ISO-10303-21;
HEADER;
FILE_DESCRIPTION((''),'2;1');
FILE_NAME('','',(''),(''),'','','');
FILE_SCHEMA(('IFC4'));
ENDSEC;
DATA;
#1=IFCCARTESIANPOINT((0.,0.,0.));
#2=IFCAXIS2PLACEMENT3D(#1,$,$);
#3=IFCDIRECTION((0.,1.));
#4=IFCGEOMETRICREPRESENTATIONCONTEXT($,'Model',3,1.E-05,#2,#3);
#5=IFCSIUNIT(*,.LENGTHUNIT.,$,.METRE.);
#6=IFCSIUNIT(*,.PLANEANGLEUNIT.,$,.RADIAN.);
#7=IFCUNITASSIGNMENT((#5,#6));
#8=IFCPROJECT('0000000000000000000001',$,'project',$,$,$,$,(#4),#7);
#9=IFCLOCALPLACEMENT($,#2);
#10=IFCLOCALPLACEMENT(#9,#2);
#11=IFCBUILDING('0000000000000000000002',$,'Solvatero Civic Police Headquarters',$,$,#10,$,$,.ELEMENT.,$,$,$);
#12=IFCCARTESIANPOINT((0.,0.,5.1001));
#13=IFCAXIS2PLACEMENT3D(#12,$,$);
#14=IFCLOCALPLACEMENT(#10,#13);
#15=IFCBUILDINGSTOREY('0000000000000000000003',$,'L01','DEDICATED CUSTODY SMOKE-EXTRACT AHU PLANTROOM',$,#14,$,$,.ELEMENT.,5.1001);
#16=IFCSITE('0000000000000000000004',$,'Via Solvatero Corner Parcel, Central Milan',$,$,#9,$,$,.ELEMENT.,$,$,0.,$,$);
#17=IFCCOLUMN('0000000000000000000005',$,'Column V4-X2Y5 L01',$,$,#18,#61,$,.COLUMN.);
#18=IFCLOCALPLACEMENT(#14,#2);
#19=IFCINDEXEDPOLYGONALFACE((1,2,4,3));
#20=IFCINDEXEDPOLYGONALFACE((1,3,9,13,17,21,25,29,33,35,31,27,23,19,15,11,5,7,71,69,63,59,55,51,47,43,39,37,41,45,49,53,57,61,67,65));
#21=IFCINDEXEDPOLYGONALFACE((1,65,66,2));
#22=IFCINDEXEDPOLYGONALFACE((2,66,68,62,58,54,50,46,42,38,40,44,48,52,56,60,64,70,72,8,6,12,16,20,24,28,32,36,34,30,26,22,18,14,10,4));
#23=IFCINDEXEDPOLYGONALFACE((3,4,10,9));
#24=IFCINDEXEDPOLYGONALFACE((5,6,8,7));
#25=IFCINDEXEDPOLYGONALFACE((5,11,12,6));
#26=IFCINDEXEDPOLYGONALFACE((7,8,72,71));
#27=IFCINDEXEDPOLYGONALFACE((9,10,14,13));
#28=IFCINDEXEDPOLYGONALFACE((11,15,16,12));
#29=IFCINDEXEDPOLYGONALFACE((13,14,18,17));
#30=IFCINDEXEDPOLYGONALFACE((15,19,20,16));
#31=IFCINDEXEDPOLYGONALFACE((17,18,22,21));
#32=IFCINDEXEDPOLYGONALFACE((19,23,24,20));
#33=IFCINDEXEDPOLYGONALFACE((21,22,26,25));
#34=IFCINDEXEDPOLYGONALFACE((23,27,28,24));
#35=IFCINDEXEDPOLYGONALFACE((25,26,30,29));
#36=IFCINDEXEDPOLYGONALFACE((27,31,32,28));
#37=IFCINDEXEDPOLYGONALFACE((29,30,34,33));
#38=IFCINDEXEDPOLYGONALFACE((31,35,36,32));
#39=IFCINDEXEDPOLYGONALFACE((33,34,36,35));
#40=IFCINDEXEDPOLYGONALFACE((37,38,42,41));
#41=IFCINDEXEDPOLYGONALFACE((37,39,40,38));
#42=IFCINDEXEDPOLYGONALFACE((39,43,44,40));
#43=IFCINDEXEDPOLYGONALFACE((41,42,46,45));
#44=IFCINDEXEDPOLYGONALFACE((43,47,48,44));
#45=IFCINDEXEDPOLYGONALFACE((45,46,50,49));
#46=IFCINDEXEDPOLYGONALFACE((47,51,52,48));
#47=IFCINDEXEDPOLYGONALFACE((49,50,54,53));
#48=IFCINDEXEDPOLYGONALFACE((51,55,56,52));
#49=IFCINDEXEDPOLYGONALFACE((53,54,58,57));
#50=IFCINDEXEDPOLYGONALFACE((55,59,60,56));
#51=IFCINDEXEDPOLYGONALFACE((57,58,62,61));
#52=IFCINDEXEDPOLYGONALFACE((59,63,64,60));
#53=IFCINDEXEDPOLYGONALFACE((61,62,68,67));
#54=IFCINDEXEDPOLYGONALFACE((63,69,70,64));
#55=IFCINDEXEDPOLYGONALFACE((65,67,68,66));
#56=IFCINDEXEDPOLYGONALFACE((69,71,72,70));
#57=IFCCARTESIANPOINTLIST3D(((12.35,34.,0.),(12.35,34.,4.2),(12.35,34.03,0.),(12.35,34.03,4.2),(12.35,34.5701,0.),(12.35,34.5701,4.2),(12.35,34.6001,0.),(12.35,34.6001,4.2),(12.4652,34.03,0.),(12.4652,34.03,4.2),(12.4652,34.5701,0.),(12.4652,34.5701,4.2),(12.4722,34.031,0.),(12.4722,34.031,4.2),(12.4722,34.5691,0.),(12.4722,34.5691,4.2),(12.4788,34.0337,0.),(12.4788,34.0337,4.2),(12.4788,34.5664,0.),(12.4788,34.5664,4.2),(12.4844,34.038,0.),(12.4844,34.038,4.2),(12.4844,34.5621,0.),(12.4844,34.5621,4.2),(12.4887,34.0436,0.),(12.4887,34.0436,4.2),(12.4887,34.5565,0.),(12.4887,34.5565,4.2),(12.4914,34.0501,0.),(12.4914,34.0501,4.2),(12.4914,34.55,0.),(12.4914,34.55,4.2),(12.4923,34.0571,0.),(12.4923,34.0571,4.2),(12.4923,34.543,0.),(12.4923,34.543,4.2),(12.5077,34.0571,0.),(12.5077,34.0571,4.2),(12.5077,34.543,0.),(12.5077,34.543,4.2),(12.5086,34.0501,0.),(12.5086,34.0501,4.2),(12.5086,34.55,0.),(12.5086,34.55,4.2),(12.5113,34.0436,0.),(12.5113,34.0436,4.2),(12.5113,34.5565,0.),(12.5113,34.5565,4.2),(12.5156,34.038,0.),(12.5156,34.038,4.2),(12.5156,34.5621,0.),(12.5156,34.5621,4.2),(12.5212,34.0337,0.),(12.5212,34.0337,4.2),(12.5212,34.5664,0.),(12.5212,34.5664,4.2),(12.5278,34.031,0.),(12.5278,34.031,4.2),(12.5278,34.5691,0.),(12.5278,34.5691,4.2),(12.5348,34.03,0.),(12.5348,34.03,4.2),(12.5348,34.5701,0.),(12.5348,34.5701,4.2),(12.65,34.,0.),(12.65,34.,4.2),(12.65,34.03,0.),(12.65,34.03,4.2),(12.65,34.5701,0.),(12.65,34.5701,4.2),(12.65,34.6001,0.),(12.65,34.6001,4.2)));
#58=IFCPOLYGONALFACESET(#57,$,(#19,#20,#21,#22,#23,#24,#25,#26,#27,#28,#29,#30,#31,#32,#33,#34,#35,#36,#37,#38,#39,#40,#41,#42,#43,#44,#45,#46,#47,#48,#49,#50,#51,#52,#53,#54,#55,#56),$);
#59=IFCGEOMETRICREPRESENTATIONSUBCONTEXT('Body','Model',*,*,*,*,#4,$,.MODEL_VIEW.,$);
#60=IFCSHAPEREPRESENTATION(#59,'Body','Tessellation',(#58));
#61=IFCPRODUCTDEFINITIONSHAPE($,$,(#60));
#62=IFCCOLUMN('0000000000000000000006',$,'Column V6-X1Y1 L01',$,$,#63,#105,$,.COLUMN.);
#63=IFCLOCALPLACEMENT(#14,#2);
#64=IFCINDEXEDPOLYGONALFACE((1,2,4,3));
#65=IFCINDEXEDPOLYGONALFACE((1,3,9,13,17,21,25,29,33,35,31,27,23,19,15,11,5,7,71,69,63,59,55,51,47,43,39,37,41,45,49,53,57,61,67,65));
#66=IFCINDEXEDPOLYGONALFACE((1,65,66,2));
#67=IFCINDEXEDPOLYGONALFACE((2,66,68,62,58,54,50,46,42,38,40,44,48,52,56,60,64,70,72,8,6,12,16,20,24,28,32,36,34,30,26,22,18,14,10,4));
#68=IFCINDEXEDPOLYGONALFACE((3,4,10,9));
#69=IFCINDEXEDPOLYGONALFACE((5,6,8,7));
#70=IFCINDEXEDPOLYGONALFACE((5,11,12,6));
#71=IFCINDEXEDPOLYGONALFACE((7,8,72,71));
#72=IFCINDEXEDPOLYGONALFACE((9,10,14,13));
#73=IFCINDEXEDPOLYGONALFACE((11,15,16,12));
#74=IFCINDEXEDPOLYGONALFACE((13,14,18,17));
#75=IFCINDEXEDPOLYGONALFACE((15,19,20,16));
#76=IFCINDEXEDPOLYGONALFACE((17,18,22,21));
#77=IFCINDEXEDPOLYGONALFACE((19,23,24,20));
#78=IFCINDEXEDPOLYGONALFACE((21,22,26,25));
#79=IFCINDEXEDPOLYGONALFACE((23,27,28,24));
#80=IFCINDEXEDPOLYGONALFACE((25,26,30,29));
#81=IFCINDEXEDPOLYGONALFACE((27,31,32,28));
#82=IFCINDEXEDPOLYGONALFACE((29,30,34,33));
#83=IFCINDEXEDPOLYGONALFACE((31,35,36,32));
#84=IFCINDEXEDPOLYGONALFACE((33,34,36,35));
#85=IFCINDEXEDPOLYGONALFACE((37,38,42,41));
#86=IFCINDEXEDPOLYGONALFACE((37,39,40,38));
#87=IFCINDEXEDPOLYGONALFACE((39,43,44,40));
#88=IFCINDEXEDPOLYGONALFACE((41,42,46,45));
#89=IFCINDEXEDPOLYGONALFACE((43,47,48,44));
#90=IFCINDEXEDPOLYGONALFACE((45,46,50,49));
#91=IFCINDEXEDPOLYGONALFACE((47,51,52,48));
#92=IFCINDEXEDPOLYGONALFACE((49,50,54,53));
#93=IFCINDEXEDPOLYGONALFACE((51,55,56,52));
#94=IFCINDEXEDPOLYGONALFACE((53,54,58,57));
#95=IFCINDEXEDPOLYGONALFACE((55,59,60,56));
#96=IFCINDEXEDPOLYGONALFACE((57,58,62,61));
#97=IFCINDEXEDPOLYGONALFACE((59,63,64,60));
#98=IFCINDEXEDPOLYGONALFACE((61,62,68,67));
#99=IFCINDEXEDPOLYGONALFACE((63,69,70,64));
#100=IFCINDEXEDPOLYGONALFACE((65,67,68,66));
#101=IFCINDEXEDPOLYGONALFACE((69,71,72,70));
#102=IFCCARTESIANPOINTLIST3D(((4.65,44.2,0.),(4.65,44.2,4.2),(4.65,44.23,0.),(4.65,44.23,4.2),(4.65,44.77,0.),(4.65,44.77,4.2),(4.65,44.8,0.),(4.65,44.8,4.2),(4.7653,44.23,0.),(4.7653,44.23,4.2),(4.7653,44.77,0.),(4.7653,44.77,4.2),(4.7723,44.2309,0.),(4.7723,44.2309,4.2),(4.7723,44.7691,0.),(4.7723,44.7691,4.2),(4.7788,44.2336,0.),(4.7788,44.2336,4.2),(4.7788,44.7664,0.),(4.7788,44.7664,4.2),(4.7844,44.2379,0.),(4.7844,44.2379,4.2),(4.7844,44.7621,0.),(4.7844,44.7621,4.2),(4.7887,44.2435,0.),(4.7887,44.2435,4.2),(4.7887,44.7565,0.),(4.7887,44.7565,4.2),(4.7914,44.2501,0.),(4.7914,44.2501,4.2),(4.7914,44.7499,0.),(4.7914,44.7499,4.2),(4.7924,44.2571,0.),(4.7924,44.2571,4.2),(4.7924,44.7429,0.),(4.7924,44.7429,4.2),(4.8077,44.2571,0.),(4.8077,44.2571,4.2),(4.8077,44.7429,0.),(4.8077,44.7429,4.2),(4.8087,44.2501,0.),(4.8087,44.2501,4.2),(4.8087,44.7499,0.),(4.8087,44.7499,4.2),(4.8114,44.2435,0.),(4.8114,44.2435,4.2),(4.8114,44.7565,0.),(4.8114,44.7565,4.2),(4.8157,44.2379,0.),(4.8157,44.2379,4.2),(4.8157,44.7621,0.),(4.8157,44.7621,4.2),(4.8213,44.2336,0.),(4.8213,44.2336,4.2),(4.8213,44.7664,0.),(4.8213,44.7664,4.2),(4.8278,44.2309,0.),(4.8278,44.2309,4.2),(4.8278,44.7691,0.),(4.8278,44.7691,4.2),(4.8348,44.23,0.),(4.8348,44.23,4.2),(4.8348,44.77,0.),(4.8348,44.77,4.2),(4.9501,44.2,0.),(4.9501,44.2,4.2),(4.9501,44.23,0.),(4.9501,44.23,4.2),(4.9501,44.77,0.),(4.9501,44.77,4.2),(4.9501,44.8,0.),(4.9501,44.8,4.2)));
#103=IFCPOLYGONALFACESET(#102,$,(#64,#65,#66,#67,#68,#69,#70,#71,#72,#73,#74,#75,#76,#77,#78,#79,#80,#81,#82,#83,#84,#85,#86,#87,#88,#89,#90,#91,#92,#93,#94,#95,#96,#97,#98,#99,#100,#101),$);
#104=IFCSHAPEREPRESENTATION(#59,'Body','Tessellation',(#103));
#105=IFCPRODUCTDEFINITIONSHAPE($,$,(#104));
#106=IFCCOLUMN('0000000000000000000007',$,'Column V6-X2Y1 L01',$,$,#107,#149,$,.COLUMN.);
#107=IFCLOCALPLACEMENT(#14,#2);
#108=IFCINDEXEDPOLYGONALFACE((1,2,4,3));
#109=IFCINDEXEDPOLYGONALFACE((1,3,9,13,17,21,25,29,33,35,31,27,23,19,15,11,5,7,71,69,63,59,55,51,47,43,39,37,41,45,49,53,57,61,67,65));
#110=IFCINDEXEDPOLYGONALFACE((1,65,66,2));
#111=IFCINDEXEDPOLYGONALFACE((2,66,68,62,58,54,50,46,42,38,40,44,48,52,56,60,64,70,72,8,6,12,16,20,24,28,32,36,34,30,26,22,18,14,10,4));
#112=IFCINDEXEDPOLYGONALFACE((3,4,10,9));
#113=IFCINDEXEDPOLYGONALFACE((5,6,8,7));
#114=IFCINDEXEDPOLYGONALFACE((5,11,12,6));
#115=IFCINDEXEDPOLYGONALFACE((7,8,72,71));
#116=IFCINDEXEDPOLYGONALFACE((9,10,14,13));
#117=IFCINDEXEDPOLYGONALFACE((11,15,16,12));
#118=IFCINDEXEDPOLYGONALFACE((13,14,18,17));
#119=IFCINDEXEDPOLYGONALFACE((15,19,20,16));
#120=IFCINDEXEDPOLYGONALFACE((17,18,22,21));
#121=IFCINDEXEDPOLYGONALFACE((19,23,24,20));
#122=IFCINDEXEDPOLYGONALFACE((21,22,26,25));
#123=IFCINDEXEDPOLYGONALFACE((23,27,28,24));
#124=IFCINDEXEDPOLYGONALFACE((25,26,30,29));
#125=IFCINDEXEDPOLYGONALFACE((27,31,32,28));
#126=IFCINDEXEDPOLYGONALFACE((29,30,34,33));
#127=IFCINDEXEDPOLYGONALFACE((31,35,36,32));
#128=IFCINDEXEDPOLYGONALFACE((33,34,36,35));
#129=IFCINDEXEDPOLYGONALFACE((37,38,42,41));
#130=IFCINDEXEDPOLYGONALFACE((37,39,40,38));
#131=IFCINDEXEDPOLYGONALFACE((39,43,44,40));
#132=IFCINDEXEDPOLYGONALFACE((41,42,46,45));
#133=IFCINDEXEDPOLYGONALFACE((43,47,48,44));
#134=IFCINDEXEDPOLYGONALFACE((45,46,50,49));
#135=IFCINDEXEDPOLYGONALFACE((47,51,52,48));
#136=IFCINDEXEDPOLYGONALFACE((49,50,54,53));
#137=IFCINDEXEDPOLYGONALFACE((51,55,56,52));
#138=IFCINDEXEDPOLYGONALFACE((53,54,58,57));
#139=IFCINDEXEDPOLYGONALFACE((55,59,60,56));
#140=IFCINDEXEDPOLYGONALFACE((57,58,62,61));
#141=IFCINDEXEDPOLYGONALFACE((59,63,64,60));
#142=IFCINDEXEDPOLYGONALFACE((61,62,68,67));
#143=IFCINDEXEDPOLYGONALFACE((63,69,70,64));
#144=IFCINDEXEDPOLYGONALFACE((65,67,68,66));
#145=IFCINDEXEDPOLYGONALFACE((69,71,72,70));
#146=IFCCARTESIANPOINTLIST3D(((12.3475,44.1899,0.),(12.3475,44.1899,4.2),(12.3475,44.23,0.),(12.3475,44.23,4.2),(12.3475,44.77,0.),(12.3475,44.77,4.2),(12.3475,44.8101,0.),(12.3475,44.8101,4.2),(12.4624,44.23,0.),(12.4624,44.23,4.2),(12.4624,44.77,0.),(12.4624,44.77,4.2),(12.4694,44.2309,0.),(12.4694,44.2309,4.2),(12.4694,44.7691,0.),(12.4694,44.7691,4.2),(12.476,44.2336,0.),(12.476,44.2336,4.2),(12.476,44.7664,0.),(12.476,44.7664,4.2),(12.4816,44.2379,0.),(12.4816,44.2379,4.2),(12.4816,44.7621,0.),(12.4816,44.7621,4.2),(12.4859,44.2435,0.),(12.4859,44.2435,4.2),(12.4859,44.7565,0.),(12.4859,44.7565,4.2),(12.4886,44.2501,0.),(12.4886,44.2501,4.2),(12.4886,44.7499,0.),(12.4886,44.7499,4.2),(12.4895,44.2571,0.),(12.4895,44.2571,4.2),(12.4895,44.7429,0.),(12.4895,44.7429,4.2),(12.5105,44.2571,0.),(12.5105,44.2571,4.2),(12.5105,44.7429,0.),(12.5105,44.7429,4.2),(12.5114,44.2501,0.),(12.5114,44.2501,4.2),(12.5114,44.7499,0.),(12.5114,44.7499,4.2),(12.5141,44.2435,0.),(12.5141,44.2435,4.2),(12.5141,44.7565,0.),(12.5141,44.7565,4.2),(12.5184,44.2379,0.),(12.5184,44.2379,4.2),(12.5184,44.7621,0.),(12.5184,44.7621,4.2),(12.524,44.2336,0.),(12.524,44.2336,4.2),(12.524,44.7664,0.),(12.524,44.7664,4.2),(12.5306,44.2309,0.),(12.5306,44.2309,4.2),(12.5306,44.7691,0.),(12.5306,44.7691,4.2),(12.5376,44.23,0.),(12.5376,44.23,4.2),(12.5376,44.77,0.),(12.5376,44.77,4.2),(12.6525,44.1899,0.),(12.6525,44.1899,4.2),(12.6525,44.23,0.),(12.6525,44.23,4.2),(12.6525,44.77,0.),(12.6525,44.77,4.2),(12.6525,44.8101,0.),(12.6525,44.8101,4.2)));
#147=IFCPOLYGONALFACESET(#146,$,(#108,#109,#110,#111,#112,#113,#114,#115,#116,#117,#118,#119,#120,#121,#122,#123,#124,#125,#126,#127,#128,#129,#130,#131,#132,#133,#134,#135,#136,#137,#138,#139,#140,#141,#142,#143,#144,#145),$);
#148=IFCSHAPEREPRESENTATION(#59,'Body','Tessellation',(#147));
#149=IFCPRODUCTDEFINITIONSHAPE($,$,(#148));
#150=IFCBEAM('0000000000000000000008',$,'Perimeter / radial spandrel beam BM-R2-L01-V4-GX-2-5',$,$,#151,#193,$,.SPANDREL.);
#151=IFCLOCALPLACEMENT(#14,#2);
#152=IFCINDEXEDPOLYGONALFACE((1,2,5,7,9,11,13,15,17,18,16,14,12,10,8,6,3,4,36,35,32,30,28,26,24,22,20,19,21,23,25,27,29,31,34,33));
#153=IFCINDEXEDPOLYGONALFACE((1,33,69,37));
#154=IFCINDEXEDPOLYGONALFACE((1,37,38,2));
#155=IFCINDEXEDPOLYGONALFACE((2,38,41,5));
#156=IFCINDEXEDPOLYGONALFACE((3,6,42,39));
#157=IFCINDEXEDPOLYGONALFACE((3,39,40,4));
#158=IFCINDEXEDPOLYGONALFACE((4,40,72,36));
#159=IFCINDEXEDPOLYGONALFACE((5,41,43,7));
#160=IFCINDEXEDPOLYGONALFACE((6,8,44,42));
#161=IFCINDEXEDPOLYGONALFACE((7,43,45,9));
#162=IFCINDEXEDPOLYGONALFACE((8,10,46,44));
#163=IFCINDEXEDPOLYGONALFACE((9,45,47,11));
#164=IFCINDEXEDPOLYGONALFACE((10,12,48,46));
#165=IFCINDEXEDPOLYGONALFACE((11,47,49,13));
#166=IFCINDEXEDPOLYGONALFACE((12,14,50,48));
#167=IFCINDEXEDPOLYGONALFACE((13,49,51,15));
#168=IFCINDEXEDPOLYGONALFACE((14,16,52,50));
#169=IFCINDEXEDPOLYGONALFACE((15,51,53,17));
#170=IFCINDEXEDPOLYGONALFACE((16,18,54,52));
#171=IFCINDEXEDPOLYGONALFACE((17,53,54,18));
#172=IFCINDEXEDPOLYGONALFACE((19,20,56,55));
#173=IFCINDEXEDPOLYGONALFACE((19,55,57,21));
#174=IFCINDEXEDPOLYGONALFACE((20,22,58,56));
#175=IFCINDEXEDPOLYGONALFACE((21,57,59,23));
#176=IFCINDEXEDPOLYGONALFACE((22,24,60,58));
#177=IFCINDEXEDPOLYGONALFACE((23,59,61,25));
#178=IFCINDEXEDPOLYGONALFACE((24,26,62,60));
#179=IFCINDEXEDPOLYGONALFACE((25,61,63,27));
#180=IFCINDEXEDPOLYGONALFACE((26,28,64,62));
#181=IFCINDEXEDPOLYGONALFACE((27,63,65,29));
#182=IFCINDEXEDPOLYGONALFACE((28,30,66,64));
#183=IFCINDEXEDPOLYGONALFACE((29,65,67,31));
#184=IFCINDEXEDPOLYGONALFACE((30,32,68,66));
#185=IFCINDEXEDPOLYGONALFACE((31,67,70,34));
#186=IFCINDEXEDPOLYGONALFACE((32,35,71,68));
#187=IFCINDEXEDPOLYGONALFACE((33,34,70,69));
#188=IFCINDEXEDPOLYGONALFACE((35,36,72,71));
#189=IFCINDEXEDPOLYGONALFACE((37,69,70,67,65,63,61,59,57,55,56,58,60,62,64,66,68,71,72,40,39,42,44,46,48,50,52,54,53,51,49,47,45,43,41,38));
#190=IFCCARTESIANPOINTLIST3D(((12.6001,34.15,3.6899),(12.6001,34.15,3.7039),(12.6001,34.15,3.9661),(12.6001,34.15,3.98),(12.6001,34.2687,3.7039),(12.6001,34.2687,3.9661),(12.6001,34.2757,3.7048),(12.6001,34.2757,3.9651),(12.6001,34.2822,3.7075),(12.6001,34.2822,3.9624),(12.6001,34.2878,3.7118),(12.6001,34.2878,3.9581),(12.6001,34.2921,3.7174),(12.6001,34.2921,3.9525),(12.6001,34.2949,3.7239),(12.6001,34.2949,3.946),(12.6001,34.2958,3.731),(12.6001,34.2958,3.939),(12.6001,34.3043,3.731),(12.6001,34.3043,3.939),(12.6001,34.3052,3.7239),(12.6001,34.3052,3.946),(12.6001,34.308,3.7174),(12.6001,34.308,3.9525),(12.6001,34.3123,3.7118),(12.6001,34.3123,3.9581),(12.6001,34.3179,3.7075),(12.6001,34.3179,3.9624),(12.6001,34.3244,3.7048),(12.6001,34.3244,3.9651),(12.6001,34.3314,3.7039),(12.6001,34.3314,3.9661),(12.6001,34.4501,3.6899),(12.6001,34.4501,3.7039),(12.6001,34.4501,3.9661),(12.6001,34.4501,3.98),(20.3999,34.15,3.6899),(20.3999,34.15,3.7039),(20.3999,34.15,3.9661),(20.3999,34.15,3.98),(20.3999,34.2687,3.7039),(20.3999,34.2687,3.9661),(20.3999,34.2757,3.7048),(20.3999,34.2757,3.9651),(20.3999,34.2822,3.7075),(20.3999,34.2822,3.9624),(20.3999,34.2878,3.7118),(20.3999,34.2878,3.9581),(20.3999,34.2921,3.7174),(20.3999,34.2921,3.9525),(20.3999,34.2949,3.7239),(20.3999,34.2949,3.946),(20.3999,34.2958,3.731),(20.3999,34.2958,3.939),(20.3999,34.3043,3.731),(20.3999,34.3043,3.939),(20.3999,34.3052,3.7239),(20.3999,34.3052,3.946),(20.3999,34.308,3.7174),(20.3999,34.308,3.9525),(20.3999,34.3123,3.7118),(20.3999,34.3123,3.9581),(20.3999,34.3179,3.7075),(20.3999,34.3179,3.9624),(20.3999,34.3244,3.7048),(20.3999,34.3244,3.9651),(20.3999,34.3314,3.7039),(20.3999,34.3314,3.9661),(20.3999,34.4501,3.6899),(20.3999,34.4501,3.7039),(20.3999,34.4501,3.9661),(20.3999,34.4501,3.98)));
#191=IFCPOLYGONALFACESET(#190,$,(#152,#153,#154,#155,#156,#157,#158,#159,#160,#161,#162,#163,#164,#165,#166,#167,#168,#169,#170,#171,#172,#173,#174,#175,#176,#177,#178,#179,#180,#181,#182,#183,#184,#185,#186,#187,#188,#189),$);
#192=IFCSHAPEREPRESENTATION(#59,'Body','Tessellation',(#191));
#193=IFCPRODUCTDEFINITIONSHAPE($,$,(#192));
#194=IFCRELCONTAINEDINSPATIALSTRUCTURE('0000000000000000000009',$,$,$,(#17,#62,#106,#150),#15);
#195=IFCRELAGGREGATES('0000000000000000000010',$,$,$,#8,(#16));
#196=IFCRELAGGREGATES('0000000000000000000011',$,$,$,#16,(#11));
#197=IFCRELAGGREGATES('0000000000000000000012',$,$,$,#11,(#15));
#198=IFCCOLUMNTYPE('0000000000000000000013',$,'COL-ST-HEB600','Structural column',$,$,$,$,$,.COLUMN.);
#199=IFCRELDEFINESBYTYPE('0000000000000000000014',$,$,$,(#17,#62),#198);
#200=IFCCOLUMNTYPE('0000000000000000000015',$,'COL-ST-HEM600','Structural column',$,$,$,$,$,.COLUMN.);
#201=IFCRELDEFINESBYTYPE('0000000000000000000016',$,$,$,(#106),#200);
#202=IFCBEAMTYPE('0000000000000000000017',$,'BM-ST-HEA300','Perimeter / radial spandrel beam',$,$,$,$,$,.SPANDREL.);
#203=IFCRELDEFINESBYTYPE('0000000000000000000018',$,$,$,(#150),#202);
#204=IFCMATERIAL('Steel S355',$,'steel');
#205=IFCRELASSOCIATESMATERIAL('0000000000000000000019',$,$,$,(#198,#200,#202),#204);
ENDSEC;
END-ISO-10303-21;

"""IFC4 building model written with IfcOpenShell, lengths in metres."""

from ifc_helpers import new_model, si_unit, direction, frame, origin, origin_2d, place, context, subcontext, project, spatial, i_section, extrude, material, material_profile, profile_set, type_object, element, save


model = new_model("IFC4")

# Units and contexts
model_context = context("Model", 3, precision=1e-05, world=origin(), true_north=direction((0.0, 1.0)))
body_context = subcontext(model_context, "Body", "Model", "MODEL_VIEW")
ifc_project = project(units=[si_unit("LENGTHUNIT", "METRE"), si_unit("PLANEANGLEUNIT", "RADIAN")], contexts=[model_context])

# Site, building, storey
site_placement = place(None, origin())
site = spatial("IfcSite", under=ifc_project, at=site_placement, Name="Via Solvatero Corner Parcel, Central Milan", CompositionType="ELEMENT", RefElevation=0.0)
building_placement = place(site_placement, origin())
building = spatial("IfcBuilding", under=site, at=building_placement, Name="Solvatero Civic Police Headquarters", CompositionType="ELEMENT")
storey_placement = place(building_placement, frame((0.0, 0.0, 5.1001)))
storey = spatial("IfcBuildingStorey", under=building, at=storey_placement, Name="L01", Description="DEDICATED CUSTODY SMOKE-EXTRACT AHU PLANTROOM", CompositionType="ELEMENT", Elevation=5.1001)

# Columns
ifc_material_1 = material(Name="Steel S355", Category="steel")
ifc_material_profile_1 = material_profile(ifc_material_1, i_section(OverallWidth=0.3, OverallDepth=0.6001, WebThickness=0.0154, FlangeThickness=0.03, FilletRadius=0.0271, at=origin_2d()), Name="HEB 600")
ifc_profile_set_1 = profile_set([ifc_material_profile_1], Name="Steel S355")
column_type_1 = type_object("IfcColumnType", Name="COL-ST-HEB600", Description="Structural column", PredefinedType="COLUMN", material=ifc_profile_set_1)
for number, where, z_axis, x_axis, name in (
    (1, (12.5, 34.3, 0.0), (0.0, 0.0, 1.0), (1.0, 0.0, 0.0), "Column V4-X2Y5 L01"),
    (2, (4.8, 44.5, 0.0), (0.0, 0.0, 1.0), (1.0, 0.0, 0.0), "Column V6-X1Y1 L01"),
):
    element("IfcColumn", number, at=place(storey_placement, frame(where, z_axis=z_axis, x_axis=x_axis)), inside=storey, type_object=column_type_1, Name=name, PredefinedType="COLUMN", context=body_context, shape_type="SweptSolid", body=[
        extrude(i_section(OverallWidth=0.3, OverallDepth=0.6001, WebThickness=0.0154, FlangeThickness=0.03, FilletRadius=0.0271, at=origin_2d()), origin(), (0.0, 0.0, 1.0), 4.2),
    ])
ifc_material_profile_2 = material_profile(ifc_material_1, i_section(OverallWidth=0.3049, OverallDepth=0.6201, WebThickness=0.021, FlangeThickness=0.04, FilletRadius=0.0271, at=origin_2d()), Name="HEM 600")
ifc_profile_set_2 = profile_set([ifc_material_profile_2], Name="Steel S355")
column_type_2 = type_object("IfcColumnType", Name="COL-ST-HEM600", Description="Structural column", PredefinedType="COLUMN", material=ifc_profile_set_2)
column_placement = place(storey_placement, frame((12.5, 44.5, 0.0), z_axis=(0.0, 0.0, 1.0), x_axis=(1.0, 0.0, 0.0)))
element("IfcColumn", 3, at=column_placement, inside=storey, type_object=column_type_2, Name="Column V6-X2Y1 L01", PredefinedType="COLUMN", context=body_context, shape_type="SweptSolid", body=[
    extrude(i_section(OverallWidth=0.3049, OverallDepth=0.6201, WebThickness=0.021, FlangeThickness=0.04, FilletRadius=0.0271, at=origin_2d()), origin(), (0.0, 0.0, 1.0), 4.2),
])

# Beam
ifc_material_profile_3 = material_profile(ifc_material_1, i_section(OverallWidth=0.3, OverallDepth=0.29, WebThickness=0.0085, FlangeThickness=0.0139, FilletRadius=0.0271, at=origin_2d()), Name="HEA 300")
ifc_profile_set_3 = profile_set([ifc_material_profile_3], Name="Steel S355")
beam_type_1 = type_object("IfcBeamType", Name="BM-ST-HEA300", Description="Perimeter / radial spandrel beam", PredefinedType="SPANDREL", material=ifc_profile_set_3)
beam_1_placement = place(storey_placement, frame((12.6001, 34.3, 3.835), z_axis=(1.0, 0.0, 0.0), x_axis=(0.0, 1.0, 0.0)))
element("IfcBeam", 4, at=beam_1_placement, inside=storey, type_object=beam_type_1, Name="Perimeter / radial spandrel beam BM-R2-L01-V4-GX-2-5", PredefinedType="SPANDREL", context=body_context, shape_type="SweptSolid", body=[
    extrude(i_section(OverallWidth=0.3, OverallDepth=0.29, WebThickness=0.0085, FlangeThickness=0.0139, FilletRadius=0.0271, at=origin_2d()), origin(), (0.0, 0.0, 1.0), 7.7998),
])

save(model, "model.ifc")
